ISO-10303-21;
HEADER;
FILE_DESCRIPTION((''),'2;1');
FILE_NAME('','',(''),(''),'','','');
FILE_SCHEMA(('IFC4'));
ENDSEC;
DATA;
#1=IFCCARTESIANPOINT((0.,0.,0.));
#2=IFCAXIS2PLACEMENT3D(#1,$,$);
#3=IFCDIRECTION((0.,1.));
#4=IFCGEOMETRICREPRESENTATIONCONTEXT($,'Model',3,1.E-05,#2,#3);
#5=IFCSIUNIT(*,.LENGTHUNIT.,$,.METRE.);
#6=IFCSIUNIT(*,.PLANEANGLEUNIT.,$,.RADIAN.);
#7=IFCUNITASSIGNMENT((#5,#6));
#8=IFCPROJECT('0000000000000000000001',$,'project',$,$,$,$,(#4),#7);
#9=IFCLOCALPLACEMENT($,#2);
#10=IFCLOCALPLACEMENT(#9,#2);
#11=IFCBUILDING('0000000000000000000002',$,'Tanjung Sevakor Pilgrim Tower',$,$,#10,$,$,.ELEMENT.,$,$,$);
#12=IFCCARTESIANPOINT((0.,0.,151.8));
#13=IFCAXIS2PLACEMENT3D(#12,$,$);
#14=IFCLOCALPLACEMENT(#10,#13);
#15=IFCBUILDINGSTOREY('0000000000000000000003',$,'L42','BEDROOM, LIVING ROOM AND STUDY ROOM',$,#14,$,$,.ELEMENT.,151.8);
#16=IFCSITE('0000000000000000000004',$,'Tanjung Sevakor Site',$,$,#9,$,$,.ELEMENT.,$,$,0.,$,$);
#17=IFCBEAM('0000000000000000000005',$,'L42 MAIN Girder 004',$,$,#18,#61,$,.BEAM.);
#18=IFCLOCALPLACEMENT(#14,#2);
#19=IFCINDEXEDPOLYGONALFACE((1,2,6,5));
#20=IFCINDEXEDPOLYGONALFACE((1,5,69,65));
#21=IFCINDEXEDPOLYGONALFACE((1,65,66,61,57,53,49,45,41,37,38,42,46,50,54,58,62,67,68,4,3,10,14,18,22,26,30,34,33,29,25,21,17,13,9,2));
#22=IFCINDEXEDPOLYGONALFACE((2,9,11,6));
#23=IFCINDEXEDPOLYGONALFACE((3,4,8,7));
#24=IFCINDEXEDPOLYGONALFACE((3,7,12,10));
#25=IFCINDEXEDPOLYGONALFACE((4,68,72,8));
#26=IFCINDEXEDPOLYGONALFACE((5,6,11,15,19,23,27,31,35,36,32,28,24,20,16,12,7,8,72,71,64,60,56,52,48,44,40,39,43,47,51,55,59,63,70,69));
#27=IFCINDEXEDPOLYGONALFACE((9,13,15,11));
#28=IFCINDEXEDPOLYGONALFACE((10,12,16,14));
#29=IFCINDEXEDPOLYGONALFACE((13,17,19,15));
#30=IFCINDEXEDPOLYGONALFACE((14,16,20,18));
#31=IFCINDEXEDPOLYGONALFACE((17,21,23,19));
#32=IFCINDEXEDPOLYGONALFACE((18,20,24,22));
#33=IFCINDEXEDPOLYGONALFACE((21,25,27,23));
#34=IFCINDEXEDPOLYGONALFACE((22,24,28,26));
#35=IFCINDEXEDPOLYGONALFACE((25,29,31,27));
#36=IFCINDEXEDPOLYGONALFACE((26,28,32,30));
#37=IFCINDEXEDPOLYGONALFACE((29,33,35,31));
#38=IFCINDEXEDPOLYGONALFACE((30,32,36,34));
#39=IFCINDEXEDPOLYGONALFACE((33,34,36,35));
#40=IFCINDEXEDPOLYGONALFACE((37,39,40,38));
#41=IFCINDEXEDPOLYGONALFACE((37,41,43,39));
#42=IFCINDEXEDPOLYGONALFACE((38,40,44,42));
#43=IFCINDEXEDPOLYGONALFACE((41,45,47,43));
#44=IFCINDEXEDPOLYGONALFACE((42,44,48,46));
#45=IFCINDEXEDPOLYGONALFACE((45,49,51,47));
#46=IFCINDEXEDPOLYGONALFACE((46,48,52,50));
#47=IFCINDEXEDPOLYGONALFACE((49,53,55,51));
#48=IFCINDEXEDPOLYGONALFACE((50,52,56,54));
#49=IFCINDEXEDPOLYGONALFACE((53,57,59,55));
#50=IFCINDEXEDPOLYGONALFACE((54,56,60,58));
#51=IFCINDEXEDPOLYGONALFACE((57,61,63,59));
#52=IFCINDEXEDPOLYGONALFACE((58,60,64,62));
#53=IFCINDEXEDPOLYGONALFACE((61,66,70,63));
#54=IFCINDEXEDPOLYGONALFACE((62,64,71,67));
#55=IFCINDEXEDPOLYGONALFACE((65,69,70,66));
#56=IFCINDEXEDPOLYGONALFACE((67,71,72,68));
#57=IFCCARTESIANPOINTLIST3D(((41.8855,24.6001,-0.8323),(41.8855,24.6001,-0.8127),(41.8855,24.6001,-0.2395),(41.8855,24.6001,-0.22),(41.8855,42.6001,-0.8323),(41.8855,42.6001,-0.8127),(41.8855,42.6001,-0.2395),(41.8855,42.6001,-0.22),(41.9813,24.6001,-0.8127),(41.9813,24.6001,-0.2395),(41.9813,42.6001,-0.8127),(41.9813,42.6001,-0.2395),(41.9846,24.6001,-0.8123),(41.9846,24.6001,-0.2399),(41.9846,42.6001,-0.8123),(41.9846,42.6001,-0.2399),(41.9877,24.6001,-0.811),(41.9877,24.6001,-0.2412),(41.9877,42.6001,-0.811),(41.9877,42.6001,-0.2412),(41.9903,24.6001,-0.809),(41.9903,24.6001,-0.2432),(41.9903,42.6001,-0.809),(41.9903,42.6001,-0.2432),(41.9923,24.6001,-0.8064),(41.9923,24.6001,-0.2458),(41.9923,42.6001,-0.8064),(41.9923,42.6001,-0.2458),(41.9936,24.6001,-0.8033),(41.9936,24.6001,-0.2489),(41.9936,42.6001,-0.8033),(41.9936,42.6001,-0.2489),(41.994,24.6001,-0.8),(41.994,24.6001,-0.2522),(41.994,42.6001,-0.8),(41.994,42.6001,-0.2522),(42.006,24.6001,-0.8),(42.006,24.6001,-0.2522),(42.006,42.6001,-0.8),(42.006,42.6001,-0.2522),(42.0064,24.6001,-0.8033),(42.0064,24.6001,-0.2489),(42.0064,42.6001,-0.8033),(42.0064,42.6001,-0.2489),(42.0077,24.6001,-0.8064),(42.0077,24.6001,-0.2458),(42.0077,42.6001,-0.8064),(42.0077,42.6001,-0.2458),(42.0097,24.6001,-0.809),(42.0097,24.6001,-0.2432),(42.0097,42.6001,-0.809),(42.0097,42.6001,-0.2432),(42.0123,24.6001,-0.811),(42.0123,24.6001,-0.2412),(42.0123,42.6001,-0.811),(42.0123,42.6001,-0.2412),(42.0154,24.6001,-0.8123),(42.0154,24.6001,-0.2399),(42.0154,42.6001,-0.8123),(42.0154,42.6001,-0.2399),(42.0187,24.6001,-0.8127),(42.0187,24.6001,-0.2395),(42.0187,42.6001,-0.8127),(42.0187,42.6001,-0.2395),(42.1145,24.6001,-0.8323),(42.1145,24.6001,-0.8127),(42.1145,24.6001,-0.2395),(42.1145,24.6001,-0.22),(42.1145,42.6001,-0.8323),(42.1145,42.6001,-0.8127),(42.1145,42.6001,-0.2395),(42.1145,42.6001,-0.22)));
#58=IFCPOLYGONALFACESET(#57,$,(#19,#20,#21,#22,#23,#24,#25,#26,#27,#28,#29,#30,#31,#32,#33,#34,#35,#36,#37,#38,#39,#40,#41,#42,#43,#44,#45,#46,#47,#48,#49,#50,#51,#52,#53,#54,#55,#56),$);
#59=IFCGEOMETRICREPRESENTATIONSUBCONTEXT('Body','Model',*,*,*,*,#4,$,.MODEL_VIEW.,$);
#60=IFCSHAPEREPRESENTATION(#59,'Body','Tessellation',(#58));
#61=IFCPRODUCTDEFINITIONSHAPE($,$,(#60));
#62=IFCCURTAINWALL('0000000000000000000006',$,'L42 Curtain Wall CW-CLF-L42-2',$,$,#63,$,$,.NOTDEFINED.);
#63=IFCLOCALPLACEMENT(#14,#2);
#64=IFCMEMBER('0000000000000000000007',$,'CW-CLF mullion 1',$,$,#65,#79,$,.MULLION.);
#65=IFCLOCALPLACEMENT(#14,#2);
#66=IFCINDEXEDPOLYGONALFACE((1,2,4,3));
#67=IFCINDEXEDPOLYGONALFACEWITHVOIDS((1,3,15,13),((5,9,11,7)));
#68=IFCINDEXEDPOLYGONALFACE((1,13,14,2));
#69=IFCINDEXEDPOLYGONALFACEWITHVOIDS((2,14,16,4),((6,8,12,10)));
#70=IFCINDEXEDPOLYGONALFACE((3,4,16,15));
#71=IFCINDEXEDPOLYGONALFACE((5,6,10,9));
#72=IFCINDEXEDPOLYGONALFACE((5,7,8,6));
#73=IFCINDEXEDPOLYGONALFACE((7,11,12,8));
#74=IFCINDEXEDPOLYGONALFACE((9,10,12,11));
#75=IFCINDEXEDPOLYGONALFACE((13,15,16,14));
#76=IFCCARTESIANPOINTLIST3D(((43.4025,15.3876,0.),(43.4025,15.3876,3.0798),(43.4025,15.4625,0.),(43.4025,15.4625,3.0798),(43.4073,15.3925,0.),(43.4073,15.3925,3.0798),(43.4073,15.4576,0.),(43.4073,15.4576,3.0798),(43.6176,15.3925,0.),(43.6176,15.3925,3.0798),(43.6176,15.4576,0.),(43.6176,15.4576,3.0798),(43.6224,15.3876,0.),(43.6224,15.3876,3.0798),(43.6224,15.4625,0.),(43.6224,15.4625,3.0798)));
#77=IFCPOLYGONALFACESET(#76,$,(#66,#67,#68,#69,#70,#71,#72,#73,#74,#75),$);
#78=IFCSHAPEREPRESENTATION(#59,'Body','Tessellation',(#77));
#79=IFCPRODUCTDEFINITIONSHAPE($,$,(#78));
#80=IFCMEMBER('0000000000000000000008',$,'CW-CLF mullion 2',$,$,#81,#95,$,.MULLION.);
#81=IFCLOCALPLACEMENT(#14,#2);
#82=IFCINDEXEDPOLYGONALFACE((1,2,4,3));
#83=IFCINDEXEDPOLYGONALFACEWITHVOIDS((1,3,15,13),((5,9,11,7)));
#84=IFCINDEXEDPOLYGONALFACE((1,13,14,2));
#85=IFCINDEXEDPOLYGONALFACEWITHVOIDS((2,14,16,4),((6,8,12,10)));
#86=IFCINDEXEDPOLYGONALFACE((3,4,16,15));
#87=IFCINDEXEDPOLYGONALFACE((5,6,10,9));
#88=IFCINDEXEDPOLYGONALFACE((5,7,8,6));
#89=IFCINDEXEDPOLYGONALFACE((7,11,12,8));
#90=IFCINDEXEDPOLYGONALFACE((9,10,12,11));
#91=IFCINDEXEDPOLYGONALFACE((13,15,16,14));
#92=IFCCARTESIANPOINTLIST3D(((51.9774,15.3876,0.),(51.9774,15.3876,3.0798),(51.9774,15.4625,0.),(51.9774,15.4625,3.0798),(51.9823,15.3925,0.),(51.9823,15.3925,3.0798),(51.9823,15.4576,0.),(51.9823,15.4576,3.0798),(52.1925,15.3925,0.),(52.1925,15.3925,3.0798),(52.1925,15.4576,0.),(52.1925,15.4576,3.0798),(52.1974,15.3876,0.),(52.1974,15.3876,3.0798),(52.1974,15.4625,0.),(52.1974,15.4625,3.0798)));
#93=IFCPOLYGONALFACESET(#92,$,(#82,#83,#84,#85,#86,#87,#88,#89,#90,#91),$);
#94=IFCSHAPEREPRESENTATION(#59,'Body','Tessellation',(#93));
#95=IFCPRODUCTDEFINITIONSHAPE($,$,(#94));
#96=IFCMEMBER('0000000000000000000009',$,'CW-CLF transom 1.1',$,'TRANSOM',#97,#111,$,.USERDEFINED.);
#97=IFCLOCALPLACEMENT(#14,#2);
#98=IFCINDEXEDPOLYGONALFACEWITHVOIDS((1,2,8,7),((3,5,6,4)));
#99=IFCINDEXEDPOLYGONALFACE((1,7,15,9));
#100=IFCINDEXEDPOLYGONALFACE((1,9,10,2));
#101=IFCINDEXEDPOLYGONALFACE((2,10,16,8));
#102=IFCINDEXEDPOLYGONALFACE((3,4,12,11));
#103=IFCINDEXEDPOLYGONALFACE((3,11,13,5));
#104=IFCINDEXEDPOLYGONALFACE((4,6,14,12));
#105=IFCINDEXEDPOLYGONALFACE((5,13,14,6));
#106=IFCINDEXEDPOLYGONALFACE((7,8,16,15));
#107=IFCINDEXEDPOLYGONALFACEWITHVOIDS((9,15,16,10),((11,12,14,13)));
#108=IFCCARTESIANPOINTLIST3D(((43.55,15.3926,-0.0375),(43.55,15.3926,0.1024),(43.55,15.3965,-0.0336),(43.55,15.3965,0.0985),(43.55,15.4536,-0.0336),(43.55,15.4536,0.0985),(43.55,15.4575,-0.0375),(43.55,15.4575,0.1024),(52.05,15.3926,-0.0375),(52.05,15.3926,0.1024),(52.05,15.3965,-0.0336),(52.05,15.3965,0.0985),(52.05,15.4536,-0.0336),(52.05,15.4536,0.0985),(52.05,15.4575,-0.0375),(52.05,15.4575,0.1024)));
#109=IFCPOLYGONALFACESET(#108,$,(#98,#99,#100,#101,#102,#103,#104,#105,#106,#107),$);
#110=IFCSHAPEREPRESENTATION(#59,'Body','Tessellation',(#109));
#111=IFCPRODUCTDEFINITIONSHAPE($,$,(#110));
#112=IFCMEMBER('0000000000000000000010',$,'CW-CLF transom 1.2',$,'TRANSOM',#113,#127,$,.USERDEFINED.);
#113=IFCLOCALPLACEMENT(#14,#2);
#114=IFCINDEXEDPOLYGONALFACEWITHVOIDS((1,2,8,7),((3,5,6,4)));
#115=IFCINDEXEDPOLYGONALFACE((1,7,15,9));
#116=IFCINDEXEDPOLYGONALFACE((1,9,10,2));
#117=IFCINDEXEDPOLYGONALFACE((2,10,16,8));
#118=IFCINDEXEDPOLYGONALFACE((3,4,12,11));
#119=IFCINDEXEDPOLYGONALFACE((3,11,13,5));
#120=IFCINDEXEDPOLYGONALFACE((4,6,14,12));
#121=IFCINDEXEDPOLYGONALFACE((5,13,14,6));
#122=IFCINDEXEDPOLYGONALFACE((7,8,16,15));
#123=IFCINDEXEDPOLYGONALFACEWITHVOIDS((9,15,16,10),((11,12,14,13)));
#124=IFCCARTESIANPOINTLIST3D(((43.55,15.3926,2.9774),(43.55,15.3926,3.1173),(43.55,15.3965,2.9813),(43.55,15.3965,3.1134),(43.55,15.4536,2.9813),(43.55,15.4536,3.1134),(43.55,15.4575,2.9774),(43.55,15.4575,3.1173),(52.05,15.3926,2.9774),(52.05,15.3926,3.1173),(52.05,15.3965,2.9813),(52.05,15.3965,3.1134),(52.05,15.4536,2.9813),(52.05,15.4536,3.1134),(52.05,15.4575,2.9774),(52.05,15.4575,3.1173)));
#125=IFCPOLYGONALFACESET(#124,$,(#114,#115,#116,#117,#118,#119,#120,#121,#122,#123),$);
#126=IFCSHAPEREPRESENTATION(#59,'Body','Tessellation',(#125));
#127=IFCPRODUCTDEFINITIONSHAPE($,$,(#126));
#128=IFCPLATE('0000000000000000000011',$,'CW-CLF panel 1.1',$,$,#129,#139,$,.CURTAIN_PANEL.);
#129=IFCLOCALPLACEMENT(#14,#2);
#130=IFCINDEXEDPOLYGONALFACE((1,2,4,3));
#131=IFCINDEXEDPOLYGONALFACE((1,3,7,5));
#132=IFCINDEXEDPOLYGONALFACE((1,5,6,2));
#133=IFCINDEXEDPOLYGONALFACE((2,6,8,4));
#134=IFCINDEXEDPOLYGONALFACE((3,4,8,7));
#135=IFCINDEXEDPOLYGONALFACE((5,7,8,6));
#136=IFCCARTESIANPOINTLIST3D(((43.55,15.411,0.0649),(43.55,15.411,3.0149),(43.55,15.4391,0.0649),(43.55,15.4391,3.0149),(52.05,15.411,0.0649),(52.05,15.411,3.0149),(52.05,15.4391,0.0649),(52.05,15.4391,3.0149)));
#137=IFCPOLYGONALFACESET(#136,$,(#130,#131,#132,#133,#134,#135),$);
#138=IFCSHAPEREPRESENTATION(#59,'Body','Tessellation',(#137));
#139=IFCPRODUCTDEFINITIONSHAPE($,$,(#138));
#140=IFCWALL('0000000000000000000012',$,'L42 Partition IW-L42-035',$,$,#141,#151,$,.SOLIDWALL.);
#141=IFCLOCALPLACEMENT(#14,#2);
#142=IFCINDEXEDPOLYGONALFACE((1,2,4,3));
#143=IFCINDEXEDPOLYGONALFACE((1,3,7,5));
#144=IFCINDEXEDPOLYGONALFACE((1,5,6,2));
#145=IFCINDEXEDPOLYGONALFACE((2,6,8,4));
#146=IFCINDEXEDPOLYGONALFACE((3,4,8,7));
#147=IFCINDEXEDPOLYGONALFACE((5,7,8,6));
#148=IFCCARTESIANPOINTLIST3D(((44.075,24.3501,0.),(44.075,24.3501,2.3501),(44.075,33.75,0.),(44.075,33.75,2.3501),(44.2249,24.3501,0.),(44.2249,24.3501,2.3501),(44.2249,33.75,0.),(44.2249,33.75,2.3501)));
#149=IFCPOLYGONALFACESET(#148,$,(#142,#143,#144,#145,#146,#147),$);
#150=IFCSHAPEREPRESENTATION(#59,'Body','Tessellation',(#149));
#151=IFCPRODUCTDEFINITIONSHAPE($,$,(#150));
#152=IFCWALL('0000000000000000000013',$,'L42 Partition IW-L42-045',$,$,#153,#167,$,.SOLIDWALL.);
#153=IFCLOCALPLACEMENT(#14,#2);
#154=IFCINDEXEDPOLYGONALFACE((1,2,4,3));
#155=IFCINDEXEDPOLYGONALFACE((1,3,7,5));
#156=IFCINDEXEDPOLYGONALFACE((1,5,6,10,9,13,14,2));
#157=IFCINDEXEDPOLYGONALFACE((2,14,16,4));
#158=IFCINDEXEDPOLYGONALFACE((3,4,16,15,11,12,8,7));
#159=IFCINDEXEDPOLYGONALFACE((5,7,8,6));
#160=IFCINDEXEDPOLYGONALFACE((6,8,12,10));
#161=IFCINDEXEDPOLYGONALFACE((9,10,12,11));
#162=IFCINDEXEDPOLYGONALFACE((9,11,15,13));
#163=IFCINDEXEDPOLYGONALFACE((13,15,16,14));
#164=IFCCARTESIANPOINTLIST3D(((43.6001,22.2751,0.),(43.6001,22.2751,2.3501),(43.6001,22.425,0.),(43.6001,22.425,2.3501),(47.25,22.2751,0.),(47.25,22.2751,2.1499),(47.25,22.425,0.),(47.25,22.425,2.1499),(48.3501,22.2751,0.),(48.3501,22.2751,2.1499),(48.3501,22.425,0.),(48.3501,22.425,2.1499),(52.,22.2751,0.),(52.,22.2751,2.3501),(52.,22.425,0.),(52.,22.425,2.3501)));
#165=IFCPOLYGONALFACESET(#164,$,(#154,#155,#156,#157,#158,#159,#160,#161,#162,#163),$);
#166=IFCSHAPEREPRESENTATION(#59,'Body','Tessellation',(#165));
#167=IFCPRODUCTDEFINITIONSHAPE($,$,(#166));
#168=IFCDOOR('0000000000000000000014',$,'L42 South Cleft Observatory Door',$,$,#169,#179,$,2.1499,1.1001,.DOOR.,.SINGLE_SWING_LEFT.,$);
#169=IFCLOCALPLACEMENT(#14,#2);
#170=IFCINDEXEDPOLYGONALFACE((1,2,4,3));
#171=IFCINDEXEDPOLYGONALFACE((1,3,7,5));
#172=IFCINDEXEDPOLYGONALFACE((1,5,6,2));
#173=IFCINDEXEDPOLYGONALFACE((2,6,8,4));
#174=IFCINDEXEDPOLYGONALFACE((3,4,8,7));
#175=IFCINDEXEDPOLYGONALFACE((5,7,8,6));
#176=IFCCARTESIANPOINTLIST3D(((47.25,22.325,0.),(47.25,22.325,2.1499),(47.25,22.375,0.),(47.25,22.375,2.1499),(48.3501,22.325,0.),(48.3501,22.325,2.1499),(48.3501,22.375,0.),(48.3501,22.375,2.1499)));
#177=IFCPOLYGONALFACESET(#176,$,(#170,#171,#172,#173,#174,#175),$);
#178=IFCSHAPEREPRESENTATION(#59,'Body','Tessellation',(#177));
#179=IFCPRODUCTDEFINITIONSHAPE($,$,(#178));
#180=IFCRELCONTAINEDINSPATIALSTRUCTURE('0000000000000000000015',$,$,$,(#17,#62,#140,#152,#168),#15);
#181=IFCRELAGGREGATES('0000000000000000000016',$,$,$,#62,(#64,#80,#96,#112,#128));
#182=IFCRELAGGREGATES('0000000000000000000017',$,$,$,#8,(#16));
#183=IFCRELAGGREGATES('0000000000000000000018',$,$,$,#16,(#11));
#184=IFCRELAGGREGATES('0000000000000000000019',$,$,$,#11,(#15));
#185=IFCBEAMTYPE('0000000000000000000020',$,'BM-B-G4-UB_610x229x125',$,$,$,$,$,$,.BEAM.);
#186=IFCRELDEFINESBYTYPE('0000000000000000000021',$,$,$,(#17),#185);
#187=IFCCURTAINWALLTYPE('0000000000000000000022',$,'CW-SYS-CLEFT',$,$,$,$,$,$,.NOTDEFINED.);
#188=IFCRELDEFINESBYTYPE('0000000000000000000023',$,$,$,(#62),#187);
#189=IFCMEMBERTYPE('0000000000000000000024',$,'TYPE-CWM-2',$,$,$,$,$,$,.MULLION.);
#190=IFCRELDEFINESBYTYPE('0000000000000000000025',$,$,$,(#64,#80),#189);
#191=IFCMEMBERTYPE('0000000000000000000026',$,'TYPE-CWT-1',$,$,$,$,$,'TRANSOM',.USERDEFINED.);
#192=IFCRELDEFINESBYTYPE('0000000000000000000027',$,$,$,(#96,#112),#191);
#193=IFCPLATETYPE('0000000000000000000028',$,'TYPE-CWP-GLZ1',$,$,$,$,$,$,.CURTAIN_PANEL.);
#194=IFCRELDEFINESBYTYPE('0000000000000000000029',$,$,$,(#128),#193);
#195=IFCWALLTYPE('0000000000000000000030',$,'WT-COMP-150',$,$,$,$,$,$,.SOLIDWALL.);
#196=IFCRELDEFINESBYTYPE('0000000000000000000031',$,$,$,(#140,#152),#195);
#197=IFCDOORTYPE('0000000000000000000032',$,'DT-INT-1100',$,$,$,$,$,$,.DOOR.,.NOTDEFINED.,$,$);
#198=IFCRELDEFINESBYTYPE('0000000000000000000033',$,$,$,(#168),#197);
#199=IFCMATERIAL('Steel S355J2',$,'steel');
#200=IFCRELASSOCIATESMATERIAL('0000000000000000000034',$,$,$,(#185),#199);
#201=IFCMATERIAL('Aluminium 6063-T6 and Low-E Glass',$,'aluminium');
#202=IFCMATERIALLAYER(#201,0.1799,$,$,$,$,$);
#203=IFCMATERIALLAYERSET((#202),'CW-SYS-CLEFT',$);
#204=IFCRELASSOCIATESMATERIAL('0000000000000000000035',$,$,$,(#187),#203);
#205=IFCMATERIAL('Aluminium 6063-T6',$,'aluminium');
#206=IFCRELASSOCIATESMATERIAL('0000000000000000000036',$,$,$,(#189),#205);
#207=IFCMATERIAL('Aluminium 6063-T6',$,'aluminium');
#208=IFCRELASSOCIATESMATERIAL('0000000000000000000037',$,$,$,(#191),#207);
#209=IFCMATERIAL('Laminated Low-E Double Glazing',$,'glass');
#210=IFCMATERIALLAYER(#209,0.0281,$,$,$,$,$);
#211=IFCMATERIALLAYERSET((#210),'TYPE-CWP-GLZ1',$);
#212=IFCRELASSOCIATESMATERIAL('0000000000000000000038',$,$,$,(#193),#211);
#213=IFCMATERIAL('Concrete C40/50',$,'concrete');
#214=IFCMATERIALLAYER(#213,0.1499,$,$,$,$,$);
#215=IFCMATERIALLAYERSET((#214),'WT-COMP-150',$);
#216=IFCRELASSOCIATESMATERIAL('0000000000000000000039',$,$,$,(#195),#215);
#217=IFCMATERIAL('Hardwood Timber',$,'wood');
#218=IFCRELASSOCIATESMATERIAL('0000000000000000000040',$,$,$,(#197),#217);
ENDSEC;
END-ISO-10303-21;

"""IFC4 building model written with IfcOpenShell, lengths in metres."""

from ifc_helpers import new_model, si_unit, direction, frame, frame_2d, origin, origin_2d, place, context, subcontext, project, spatial, rectangle, hollow_rectangle, i_section, extrude, material, layer, layer_set, material_profile, profile_set, type_object, element, fill, aggregate, save


model = new_model("IFC4")

# Units and contexts
model_context = context("Model", 3, precision=1e-05, world=origin(), true_north=direction((0.0, 1.0)))
body_context = subcontext(model_context, "Body", "Model", "MODEL_VIEW")
ifc_project = project(units=[si_unit("LENGTHUNIT", "METRE"), si_unit("PLANEANGLEUNIT", "RADIAN")], contexts=[model_context])

# Site, building, storey
site_placement = place(None, origin())
site = spatial("IfcSite", under=ifc_project, at=site_placement, Name="Tanjung Sevakor Site", CompositionType="ELEMENT", RefElevation=0.0)
building_placement = place(site_placement, origin())
building = spatial("IfcBuilding", under=site, at=building_placement, Name="Tanjung Sevakor Pilgrim Tower", CompositionType="ELEMENT")
storey_placement = place(building_placement, frame((0.0, 0.0, 151.8)))
storey = spatial("IfcBuildingStorey", under=building, at=storey_placement, Name="L42", Description="BEDROOM, LIVING ROOM AND STUDY ROOM", CompositionType="ELEMENT", Elevation=151.8)

# Beam
ifc_material_1 = material(Name="Steel S355J2", Category="steel")
ifc_material_profile_1 = material_profile(ifc_material_1, i_section(OverallWidth=0.229, OverallDepth=0.6123, WebThickness=0.012, FlangeThickness=0.0195, FilletRadius=0.0127, at=origin_2d()))
ifc_profile_set_1 = profile_set([ifc_material_profile_1], Name="Steel S355J2")
beam_type_1 = type_object("IfcBeamType", Name="BM-B-G4-UB_610x229x125", PredefinedType="BEAM", material=ifc_profile_set_1)
beam_1_placement = place(storey_placement, frame((42.0, 24.6001, -0.5261), z_axis=(0.0, 1.0, 0.0), x_axis=(-1.0, 0.0, 0.0)))
element("IfcBeam", 1, at=beam_1_placement, inside=storey, type_object=beam_type_1, Name="L42 MAIN Girder 004", PredefinedType="BEAM", context=body_context, shape_type="SweptSolid", body=[
    extrude(i_section(OverallWidth=0.229, OverallDepth=0.6123, WebThickness=0.012, FlangeThickness=0.0195, FilletRadius=0.0127, at=origin_2d()), origin(), (0.0, 0.0, 1.0), 18.0),
])

# Curtain wall, members, plate
ifc_material_2 = material(Name="Aluminium 6063-T6 and Low-E Glass", Category="aluminium")
ifc_layer_1 = layer(ifc_material_2, 0.1799)
ifc_layer_set_1 = layer_set([ifc_layer_1], Name="CW-SYS-CLEFT")
curtain_wall_type = type_object("IfcCurtainWallType", Name="CW-SYS-CLEFT", PredefinedType="NOTDEFINED", material=ifc_layer_set_1)
curtain_wall_placement = place(storey_placement, origin())
curtain_wall = element("IfcCurtainWall", 2, at=curtain_wall_placement, inside=storey, type_object=curtain_wall_type, Name="L42 Curtain Wall CW-CLF-L42-2", PredefinedType="NOTDEFINED")
ifc_material_3 = material(Name="Aluminium 6063-T6", Category="aluminium")
ifc_material_profile_2 = material_profile(ifc_material_3, hollow_rectangle(XDim=0.075, YDim=0.22, WallThickness=0.0049, at=origin_2d()))
ifc_profile_set_2 = profile_set([ifc_material_profile_2], Name="Aluminium 6063-T6")
member_type_1 = type_object("IfcMemberType", Name="TYPE-CWM-2", PredefinedType="MULLION", material=ifc_profile_set_2)
member_1_placement = place(storey_placement, frame((43.5125, 15.425, 0.0), z_axis=(0.0, 0.0, 1.0), x_axis=(0.0, 1.0, 0.0)))
member_1 = element("IfcMember", 3, at=member_1_placement, type_object=member_type_1, Name="CW-CLF mullion 1", PredefinedType="MULLION", context=body_context, shape_type="SweptSolid", body=[
    extrude(hollow_rectangle(XDim=0.075, YDim=0.22, WallThickness=0.0049, at=origin_2d()), origin(), (0.0, 0.0, 1.0), 3.0798),
])
member_2_placement = place(storey_placement, frame((52.0874, 15.425, 0.0), z_axis=(0.0, 0.0, 1.0), x_axis=(0.0, 1.0, 0.0)))
member_2 = element("IfcMember", 4, at=member_2_placement, type_object=member_type_1, Name="CW-CLF mullion 2", PredefinedType="MULLION", context=body_context, shape_type="SweptSolid", body=[
    extrude(hollow_rectangle(XDim=0.075, YDim=0.22, WallThickness=0.0049, at=origin_2d()), origin(), (0.0, 0.0, 1.0), 3.0798),
])
ifc_material_4 = material(Name="Aluminium 6063-T6", Category="aluminium")
ifc_material_profile_3 = material_profile(ifc_material_4, hollow_rectangle(XDim=0.0649, YDim=0.1399, WallThickness=0.0039, at=origin_2d()))
ifc_profile_set_3 = profile_set([ifc_material_profile_3], Name="Aluminium 6063-T6")
member_type_2 = type_object("IfcMemberType", Name="TYPE-CWT-1", ElementType="TRANSOM", PredefinedType="USERDEFINED", material=ifc_profile_set_3)
member_3_placement = place(storey_placement, frame((43.55, 15.425, 0.0325), z_axis=(1.0, 0.0, 0.0), x_axis=(0.0, 1.0, 0.0)))
member_3 = element("IfcMember", 5, at=member_3_placement, type_object=member_type_2, Name="CW-CLF transom 1.1", ObjectType="TRANSOM", PredefinedType="USERDEFINED", context=body_context, shape_type="SweptSolid", body=[
    extrude(hollow_rectangle(XDim=0.0649, YDim=0.1399, WallThickness=0.0039, at=origin_2d()), origin(), (0.0, 0.0, 1.0), 8.5),
])
member_4_placement = place(storey_placement, frame((43.55, 15.425, 3.0474), z_axis=(1.0, 0.0, 0.0), x_axis=(0.0, 1.0, 0.0)))
member_4 = element("IfcMember", 6, at=member_4_placement, type_object=member_type_2, Name="CW-CLF transom 1.2", ObjectType="TRANSOM", PredefinedType="USERDEFINED", context=body_context, shape_type="SweptSolid", body=[
    extrude(hollow_rectangle(XDim=0.0649, YDim=0.1399, WallThickness=0.0039, at=origin_2d()), origin(), (0.0, 0.0, 1.0), 8.5),
])
ifc_material_5 = material(Name="Laminated Low-E Double Glazing", Category="glass")
ifc_layer_2 = layer(ifc_material_5, 0.0281)
ifc_layer_set_2 = layer_set([ifc_layer_2], Name="TYPE-CWP-GLZ1")
plate_type = type_object("IfcPlateType", Name="TYPE-CWP-GLZ1", PredefinedType="CURTAIN_PANEL", material=ifc_layer_set_2)
plate_placement = place(storey_placement, frame((47.8, 15.425, 0.0649), z_axis=(0.0, 0.0, 1.0), x_axis=(1.0, 0.0, 0.0)))
plate = element("IfcPlate", 7, at=plate_placement, type_object=plate_type, Name="CW-CLF panel 1.1", PredefinedType="CURTAIN_PANEL", context=body_context, shape_type="SweptSolid", body=[
    extrude(rectangle(XDim=8.5, YDim=0.0281, at=origin_2d()), origin(), (0.0, 0.0, 1.0), 2.95),
])
aggregate(curtain_wall, [member_1, member_2, member_3, member_4, plate])

# Wall
ifc_material_6 = material(Name="Concrete C40/50", Category="concrete")
ifc_layer_3 = layer(ifc_material_6, 0.1499)
ifc_layer_set_3 = layer_set([ifc_layer_3], Name="WT-COMP-150")
wall_type_1 = type_object("IfcWallType", Name="WT-COMP-150", PredefinedType="SOLIDWALL", material=ifc_layer_set_3)
wall_1_placement = place(storey_placement, frame((44.1499, 24.3501, 0.0), z_axis=(0.0, 0.0, 1.0), x_axis=(0.0, 1.0, 0.0)))
element("IfcWall", 8, at=wall_1_placement, inside=storey, type_object=wall_type_1, Name="L42 Partition IW-L42-035", PredefinedType="SOLIDWALL", context=body_context, shape_type="SweptSolid", body=[
    extrude(rectangle(XDim=9.3999, YDim=0.1499, at=frame_2d((4.7, 0.0))), origin(), (0.0, 0.0, 1.0), 2.3501),
])

# Wall, opening, door
wall_2_placement = place(storey_placement, frame((43.6001, 22.3501, 0.0), z_axis=(0.0, 0.0, 1.0), x_axis=(1.0, 0.0, 0.0)))
wall_2 = element("IfcWall", 9, at=wall_2_placement, inside=storey, type_object=wall_type_1, Name="L42 Partition IW-L42-045", PredefinedType="SOLIDWALL", context=body_context, shape_type="SweptSolid", body=[
    extrude(rectangle(XDim=8.3999, YDim=0.1499, at=frame_2d((4.2, 0.0))), origin(), (0.0, 0.0, 1.0), 2.3501),
])
opening_1_placement = place(wall_2_placement, frame((3.6499, 0.0, 0.0)))
opening_1 = element("IfcOpeningElement", 10, at=opening_1_placement, cuts=wall_2, PredefinedType="OPENING", context=body_context, shape_type="SweptSolid", body=[
    extrude(rectangle(XDim=1.1001, YDim=2.1499, at=frame_2d((0.55, 1.075))), frame((0.0, 0.085, 0.0), z_axis=(0.0, -1.0, 0.0), x_axis=(1.0, 0.0, 0.0)), (0.0, 0.0, 1.0), 0.1699),
])
ifc_material_7 = material(Name="Hardwood Timber", Category="wood")
door_type_1 = type_object("IfcDoorType", Name="DT-INT-1100", OperationType="NOTDEFINED", PredefinedType="DOOR", material=ifc_material_7)
door_1_placement = place(opening_1_placement, origin())
door_1 = element("IfcDoor", 11, at=door_1_placement, inside=storey, type_object=door_type_1, Name="L42 South Cleft Observatory Door", OperationType="SINGLE_SWING_LEFT", OverallHeight=2.1499, OverallWidth=1.1001, PredefinedType="DOOR", context=body_context, shape_type="SweptSolid", body=[
    extrude(rectangle(XDim=1.1001, YDim=2.1499, at=frame_2d((0.55, 1.075))), frame((0.0, 0.0249, 0.0), z_axis=(0.0, -1.0, 0.0), x_axis=(1.0, 0.0, 0.0)), (0.0, 0.0, 1.0), 0.05),
])
fill(opening_1, door_1)

save(model, "model.ifc")
